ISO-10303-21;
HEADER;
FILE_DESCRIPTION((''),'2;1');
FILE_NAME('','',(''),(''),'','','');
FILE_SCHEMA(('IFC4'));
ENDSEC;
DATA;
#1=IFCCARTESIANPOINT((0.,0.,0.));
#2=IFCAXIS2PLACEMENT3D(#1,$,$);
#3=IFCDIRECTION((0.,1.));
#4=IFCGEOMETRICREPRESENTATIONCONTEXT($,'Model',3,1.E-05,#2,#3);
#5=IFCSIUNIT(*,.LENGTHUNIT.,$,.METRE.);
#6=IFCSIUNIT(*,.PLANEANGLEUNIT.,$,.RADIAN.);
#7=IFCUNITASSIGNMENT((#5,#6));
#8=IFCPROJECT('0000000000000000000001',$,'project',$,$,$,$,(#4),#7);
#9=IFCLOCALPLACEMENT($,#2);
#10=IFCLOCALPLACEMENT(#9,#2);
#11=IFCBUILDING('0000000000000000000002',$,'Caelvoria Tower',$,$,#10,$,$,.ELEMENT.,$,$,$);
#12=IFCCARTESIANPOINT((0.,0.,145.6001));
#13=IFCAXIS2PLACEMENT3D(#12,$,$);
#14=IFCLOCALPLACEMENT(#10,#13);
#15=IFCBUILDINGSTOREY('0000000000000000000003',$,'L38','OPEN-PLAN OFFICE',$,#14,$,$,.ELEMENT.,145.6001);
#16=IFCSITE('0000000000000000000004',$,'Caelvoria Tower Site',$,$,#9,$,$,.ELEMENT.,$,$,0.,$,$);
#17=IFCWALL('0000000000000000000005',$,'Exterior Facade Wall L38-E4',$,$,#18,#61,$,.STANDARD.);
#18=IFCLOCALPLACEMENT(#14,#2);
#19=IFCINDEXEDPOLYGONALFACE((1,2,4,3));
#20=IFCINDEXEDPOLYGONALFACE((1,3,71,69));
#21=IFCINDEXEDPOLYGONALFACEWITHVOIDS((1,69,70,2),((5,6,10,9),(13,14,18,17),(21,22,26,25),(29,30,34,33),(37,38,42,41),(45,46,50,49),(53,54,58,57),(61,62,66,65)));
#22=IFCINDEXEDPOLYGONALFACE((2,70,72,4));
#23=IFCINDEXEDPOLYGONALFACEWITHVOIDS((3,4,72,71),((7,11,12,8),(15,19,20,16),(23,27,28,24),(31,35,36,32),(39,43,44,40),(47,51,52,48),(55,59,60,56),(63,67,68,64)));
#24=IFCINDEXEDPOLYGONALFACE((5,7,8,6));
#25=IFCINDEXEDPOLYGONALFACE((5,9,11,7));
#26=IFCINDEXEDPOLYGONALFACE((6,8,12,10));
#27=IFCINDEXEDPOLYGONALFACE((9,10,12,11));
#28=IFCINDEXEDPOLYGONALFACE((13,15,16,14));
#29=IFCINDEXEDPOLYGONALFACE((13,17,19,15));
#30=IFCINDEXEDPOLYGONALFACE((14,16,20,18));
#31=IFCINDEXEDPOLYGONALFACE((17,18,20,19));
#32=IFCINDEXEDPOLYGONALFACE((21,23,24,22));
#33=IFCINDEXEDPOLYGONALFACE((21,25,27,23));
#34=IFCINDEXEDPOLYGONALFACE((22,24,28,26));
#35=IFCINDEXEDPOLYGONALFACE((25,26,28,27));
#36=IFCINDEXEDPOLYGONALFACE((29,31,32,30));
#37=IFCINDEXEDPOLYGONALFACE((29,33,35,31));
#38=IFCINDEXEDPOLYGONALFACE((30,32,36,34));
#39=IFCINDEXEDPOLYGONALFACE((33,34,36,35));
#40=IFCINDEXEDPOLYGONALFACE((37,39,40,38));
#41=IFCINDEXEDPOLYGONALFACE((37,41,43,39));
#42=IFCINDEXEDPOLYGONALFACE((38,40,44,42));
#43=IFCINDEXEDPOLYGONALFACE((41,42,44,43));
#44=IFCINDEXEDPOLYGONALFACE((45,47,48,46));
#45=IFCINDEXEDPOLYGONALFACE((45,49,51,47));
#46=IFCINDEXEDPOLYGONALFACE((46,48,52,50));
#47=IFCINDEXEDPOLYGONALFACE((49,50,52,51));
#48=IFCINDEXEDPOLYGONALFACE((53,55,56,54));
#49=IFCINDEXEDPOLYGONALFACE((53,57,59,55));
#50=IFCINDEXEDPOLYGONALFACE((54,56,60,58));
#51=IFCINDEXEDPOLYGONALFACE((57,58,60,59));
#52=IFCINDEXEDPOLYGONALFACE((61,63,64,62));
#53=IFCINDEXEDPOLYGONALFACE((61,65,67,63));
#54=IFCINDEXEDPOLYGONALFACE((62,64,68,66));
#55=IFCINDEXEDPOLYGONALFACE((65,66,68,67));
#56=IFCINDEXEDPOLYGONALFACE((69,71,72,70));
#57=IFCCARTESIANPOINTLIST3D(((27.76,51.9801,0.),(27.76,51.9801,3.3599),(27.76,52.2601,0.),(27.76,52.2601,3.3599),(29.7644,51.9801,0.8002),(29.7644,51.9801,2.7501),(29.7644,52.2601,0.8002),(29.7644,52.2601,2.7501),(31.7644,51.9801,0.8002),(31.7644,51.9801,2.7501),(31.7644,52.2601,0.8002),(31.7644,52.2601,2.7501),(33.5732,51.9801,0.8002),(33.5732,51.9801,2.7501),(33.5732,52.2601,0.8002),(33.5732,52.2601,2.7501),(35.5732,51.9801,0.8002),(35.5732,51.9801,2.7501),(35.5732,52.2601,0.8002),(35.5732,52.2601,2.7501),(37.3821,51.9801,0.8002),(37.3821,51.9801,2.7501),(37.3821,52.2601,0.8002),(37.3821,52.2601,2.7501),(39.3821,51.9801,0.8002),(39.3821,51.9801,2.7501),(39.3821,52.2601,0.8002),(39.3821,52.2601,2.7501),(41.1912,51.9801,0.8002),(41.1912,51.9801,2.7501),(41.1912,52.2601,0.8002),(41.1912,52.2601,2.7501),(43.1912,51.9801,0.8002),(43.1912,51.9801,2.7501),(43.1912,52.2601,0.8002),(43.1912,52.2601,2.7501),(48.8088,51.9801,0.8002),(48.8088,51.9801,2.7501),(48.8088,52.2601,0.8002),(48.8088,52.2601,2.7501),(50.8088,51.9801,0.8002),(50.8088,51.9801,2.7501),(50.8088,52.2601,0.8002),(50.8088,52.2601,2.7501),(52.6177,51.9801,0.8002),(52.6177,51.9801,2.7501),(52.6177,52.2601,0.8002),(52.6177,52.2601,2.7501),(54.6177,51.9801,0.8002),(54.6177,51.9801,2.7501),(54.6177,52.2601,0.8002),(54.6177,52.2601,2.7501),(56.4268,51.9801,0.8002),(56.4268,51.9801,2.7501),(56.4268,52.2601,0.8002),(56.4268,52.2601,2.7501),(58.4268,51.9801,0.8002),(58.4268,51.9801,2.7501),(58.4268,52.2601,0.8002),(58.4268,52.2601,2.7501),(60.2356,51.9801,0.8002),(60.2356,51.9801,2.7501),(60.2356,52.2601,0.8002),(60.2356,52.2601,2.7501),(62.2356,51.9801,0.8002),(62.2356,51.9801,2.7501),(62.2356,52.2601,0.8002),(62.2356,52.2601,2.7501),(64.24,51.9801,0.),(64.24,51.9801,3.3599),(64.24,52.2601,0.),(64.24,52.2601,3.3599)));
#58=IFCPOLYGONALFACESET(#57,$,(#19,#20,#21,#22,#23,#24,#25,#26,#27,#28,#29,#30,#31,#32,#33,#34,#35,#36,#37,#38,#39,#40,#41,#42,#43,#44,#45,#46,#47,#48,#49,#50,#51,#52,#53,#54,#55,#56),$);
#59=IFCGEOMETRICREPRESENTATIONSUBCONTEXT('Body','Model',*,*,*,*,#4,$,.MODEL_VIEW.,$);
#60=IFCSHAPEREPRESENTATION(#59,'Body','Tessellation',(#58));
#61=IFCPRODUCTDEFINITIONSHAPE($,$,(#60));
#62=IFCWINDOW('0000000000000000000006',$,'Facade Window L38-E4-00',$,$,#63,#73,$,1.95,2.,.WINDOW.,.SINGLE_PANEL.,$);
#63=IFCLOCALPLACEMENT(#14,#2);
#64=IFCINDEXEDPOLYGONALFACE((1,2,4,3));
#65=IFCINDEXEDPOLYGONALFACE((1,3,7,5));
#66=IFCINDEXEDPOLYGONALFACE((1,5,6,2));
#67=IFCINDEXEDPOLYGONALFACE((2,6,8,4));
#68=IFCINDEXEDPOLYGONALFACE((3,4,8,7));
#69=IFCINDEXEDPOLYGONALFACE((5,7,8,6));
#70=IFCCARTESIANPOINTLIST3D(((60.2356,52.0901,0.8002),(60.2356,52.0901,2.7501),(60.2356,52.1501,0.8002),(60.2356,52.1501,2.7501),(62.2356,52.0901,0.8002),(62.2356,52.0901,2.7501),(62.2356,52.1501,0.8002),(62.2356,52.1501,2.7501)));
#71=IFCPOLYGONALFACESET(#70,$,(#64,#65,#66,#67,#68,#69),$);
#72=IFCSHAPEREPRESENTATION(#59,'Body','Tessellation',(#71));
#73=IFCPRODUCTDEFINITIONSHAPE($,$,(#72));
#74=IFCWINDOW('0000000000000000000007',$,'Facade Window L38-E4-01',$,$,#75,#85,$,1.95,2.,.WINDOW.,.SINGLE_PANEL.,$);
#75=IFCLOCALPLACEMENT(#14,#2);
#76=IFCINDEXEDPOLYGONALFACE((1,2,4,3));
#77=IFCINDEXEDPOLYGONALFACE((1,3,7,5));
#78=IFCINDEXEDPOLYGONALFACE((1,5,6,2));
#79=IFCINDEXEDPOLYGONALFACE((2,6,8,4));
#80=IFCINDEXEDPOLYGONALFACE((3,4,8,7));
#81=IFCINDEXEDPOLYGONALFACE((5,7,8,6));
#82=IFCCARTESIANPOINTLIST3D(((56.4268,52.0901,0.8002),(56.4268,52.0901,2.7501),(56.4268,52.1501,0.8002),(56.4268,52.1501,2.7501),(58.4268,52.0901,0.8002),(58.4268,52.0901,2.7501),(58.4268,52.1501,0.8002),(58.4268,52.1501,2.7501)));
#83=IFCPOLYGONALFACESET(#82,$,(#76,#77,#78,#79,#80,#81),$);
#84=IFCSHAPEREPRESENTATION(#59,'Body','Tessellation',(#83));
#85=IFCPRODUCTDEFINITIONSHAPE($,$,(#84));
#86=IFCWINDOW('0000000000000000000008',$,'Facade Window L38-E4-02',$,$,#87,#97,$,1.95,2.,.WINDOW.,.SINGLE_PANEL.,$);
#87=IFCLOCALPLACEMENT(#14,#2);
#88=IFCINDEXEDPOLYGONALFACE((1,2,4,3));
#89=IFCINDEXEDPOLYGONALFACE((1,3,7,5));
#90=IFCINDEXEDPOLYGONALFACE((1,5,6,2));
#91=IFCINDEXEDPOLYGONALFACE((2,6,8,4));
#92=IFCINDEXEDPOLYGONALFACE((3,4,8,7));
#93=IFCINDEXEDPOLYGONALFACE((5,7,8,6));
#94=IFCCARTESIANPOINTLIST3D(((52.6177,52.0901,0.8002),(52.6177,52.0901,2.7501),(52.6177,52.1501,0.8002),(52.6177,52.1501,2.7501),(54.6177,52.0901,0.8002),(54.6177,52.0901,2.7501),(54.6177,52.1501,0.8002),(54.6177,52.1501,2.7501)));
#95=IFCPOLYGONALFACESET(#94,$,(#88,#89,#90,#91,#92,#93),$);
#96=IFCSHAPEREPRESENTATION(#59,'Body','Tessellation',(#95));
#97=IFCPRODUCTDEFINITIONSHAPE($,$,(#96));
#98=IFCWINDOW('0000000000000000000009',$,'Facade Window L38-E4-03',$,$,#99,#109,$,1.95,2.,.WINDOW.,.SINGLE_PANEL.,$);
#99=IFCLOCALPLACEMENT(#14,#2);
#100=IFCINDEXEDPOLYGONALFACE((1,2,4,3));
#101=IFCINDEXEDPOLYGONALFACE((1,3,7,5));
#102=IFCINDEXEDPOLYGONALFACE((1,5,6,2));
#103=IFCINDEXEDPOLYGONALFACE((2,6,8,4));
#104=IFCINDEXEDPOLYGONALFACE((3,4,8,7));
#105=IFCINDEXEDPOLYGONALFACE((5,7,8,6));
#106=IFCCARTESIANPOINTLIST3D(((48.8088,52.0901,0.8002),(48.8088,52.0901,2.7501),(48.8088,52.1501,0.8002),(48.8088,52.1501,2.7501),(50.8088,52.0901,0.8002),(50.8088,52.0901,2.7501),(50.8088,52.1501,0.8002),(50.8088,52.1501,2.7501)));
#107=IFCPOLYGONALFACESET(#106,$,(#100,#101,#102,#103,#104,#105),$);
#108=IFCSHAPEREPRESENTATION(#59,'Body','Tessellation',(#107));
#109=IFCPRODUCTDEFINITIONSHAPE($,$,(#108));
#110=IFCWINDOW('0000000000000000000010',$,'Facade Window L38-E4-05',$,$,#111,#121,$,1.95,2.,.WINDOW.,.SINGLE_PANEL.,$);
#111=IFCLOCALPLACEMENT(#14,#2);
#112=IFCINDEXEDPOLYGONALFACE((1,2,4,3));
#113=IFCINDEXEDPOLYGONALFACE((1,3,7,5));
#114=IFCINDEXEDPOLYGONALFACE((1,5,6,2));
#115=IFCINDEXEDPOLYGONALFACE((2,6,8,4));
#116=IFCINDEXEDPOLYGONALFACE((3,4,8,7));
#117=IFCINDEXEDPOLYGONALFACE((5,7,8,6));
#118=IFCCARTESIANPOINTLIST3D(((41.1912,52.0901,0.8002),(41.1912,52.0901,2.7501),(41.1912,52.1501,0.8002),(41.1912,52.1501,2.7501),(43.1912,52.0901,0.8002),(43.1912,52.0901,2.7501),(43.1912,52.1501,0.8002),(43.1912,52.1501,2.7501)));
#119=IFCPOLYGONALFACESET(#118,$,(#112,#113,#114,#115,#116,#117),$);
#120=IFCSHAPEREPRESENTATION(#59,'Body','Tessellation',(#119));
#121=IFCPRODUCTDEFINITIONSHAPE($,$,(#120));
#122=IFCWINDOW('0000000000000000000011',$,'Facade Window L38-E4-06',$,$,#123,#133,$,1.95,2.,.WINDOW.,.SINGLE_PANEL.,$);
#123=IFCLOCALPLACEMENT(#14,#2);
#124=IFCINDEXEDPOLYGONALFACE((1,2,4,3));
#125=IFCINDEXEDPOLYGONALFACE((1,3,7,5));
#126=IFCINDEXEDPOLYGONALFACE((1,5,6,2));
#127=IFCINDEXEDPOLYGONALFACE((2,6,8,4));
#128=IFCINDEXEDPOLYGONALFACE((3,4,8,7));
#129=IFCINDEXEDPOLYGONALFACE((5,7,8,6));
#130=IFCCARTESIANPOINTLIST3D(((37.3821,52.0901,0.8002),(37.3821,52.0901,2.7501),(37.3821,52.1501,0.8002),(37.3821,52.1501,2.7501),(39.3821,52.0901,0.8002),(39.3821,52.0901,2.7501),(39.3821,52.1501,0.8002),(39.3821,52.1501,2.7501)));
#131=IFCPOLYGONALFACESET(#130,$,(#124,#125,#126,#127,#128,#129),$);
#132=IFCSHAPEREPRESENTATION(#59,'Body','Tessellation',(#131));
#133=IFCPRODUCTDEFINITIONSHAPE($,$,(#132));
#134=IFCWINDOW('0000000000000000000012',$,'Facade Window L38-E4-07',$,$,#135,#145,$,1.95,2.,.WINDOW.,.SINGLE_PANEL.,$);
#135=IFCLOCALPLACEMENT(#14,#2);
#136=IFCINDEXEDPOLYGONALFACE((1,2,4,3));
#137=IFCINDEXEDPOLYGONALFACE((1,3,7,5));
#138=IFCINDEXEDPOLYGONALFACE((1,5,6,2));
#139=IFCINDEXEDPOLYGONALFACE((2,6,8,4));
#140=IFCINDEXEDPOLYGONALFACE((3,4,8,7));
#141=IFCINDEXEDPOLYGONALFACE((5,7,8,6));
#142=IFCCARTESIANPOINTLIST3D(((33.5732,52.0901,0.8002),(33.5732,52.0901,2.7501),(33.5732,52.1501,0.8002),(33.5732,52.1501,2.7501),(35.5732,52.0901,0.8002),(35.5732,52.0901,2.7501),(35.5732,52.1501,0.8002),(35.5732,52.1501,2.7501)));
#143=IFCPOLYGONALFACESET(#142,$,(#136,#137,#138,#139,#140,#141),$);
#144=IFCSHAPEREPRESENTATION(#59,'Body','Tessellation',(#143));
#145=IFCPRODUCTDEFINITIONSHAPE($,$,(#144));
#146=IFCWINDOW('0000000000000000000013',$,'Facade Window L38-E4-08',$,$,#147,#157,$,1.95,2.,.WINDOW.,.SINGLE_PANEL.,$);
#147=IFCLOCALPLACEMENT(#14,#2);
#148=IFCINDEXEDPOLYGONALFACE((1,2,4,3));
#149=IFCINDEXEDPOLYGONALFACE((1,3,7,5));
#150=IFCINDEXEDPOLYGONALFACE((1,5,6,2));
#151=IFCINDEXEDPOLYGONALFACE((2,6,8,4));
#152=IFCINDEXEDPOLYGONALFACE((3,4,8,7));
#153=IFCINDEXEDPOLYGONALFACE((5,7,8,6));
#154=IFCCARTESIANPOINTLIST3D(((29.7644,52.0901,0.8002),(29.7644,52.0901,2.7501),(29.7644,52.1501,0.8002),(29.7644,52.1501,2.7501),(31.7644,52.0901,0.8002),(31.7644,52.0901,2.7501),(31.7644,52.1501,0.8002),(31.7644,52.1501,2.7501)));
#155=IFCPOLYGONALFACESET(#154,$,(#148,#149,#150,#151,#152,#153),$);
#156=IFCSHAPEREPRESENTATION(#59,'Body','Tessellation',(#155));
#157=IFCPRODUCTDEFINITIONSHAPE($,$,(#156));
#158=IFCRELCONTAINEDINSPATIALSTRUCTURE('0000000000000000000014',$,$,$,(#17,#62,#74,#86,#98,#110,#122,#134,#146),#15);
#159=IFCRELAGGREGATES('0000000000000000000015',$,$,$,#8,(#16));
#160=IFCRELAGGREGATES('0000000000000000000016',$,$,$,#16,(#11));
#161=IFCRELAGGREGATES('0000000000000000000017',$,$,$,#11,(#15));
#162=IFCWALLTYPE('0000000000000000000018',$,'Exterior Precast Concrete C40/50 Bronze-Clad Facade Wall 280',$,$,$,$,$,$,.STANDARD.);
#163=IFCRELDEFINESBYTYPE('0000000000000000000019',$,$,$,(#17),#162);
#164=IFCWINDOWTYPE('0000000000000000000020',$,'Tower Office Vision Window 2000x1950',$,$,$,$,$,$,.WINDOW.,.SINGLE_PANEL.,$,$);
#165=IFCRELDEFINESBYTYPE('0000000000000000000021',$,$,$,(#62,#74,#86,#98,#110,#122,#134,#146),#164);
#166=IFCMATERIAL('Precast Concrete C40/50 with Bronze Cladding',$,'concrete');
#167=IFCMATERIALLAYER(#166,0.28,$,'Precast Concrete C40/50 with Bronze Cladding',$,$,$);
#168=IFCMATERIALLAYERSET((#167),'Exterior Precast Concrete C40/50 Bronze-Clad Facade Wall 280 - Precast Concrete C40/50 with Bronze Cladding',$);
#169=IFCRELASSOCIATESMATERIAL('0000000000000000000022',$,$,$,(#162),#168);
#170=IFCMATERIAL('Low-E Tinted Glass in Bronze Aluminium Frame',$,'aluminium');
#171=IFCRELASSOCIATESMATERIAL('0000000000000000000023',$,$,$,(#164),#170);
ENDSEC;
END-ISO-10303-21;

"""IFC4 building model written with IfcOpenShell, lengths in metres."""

from ifc_helpers import new_model, si_unit, direction, frame, frame_2d, origin, place, context, subcontext, project, spatial, rectangle, extrude, material, layer, layer_set, type_object, element, fill, save


model = new_model("IFC4")

# Units and contexts
model_context = context("Model", 3, precision=1e-05, world=origin(), true_north=direction((0.0, 1.0)))
body_context = subcontext(model_context, "Body", "Model", "MODEL_VIEW")
ifc_project = project(units=[si_unit("LENGTHUNIT", "METRE"), si_unit("PLANEANGLEUNIT", "RADIAN")], contexts=[model_context])

# Site, building, storey
site_placement = place(None, origin())
site = spatial("IfcSite", under=ifc_project, at=site_placement, Name="Caelvoria Tower Site", CompositionType="ELEMENT", RefElevation=0.0)
building_placement = place(site_placement, origin())
building = spatial("IfcBuilding", under=site, at=building_placement, Name="Caelvoria Tower", CompositionType="ELEMENT")
storey_placement = place(building_placement, frame((0.0, 0.0, 145.6001)))
storey = spatial("IfcBuildingStorey", under=building, at=storey_placement, Name="L38", Description="OPEN-PLAN OFFICE", CompositionType="ELEMENT", Elevation=145.6001)

# Wall, openings, windows
ifc_material_1 = material(Name="Precast Concrete C40/50 with Bronze Cladding", Category="concrete")
ifc_layer_1 = layer(ifc_material_1, 0.28, Name="Precast Concrete C40/50 with Bronze Cladding")
ifc_layer_set_1 = layer_set([ifc_layer_1], Name="Exterior Precast Concrete C40/50 Bronze-Clad Facade Wall 280 - Precast Concrete C40/50 with Bronze Cladding")
wall_type = type_object("IfcWallType", Name="Exterior Precast Concrete C40/50 Bronze-Clad Facade Wall 280", PredefinedType="STANDARD", material=ifc_layer_set_1)
wall_placement = place(storey_placement, frame((64.24, 52.1201, 0.0), z_axis=(0.0, 0.0, 1.0), x_axis=(-1.0, 0.0, 0.0)))
wall = element("IfcWall", 1, at=wall_placement, inside=storey, type_object=wall_type, Name="Exterior Facade Wall L38-E4", PredefinedType="STANDARD", context=body_context, shape_type="SweptSolid", body=[
    extrude(rectangle(XDim=36.48, YDim=0.28, at=frame_2d((18.24, 0.0))), origin(), (0.0, 0.0, 1.0), 3.3599),
])
opening_1_placement = place(wall_placement, frame((2.0044, 0.0, 0.8)))
opening_1 = element("IfcOpeningElement", 2, at=opening_1_placement, cuts=wall, PredefinedType="OPENING", context=body_context, shape_type="SweptSolid", body=[
    extrude(rectangle(XDim=2.0, YDim=1.95, at=frame_2d((1.0, 0.9751))), frame((0.0, 0.1499, 0.0), z_axis=(0.0, -1.0, 0.0), x_axis=(1.0, 0.0, 0.0)), (0.0, 0.0, 1.0), 0.3),
])
opening_2_placement = place(wall_placement, frame((5.8132, 0.0, 0.8)))
opening_2 = element("IfcOpeningElement", 3, at=opening_2_placement, cuts=wall, PredefinedType="OPENING", context=body_context, shape_type="SweptSolid", body=[
    extrude(rectangle(XDim=2.0, YDim=1.95, at=frame_2d((1.0, 0.9751))), frame((0.0, 0.1499, 0.0), z_axis=(0.0, -1.0, 0.0), x_axis=(1.0, 0.0, 0.0)), (0.0, 0.0, 1.0), 0.3),
])
opening_3_placement = place(wall_placement, frame((9.6223, 0.0, 0.8)))
opening_3 = element("IfcOpeningElement", 4, at=opening_3_placement, cuts=wall, PredefinedType="OPENING", context=body_context, shape_type="SweptSolid", body=[
    extrude(rectangle(XDim=2.0, YDim=1.95, at=frame_2d((1.0, 0.9751))), frame((0.0, 0.1499, 0.0), z_axis=(0.0, -1.0, 0.0), x_axis=(1.0, 0.0, 0.0)), (0.0, 0.0, 1.0), 0.3),
])
opening_4_placement = place(wall_placement, frame((13.4312, 0.0, 0.8)))
opening_4 = element("IfcOpeningElement", 5, at=opening_4_placement, cuts=wall, PredefinedType="OPENING", context=body_context, shape_type="SweptSolid", body=[
    extrude(rectangle(XDim=2.0, YDim=1.95, at=frame_2d((1.0, 0.9751))), frame((0.0, 0.1499, 0.0), z_axis=(0.0, -1.0, 0.0), x_axis=(1.0, 0.0, 0.0)), (0.0, 0.0, 1.0), 0.3),
])
opening_5_placement = place(wall_placement, frame((21.0488, 0.0, 0.8)))
opening_5 = element("IfcOpeningElement", 6, at=opening_5_placement, cuts=wall, PredefinedType="OPENING", context=body_context, shape_type="SweptSolid", body=[
    extrude(rectangle(XDim=2.0, YDim=1.95, at=frame_2d((1.0, 0.9751))), frame((0.0, 0.1499, 0.0), z_axis=(0.0, -1.0, 0.0), x_axis=(1.0, 0.0, 0.0)), (0.0, 0.0, 1.0), 0.3),
])
opening_6_placement = place(wall_placement, frame((24.8579, 0.0, 0.8)))
opening_6 = element("IfcOpeningElement", 7, at=opening_6_placement, cuts=wall, PredefinedType="OPENING", context=body_context, shape_type="SweptSolid", body=[
    extrude(rectangle(XDim=2.0, YDim=1.95, at=frame_2d((1.0, 0.9751))), frame((0.0, 0.1499, 0.0), z_axis=(0.0, -1.0, 0.0), x_axis=(1.0, 0.0, 0.0)), (0.0, 0.0, 1.0), 0.3),
])
opening_7_placement = place(wall_placement, frame((28.6667, 0.0, 0.8)))
opening_7 = element("IfcOpeningElement", 8, at=opening_7_placement, cuts=wall, PredefinedType="OPENING", context=body_context, shape_type="SweptSolid", body=[
    extrude(rectangle(XDim=2.0, YDim=1.95, at=frame_2d((1.0, 0.9751))), frame((0.0, 0.1499, 0.0), z_axis=(0.0, -1.0, 0.0), x_axis=(1.0, 0.0, 0.0)), (0.0, 0.0, 1.0), 0.3),
])
opening_8_placement = place(wall_placement, frame((32.4756, 0.0, 0.8)))
opening_8 = element("IfcOpeningElement", 9, at=opening_8_placement, cuts=wall, PredefinedType="OPENING", context=body_context, shape_type="SweptSolid", body=[
    extrude(rectangle(XDim=2.0, YDim=1.95, at=frame_2d((1.0, 0.9751))), frame((0.0, 0.1499, 0.0), z_axis=(0.0, -1.0, 0.0), x_axis=(1.0, 0.0, 0.0)), (0.0, 0.0, 1.0), 0.3),
])
ifc_material_2 = material(Name="Low-E Tinted Glass in Bronze Aluminium Frame", Category="aluminium")
window_type = type_object("IfcWindowType", Name="Tower Office Vision Window 2000x1950", PartitioningType="SINGLE_PANEL", PredefinedType="WINDOW", material=ifc_material_2)
window_1_placement = place(opening_1_placement, origin())
window_1 = element("IfcWindow", 10, at=window_1_placement, inside=storey, type_object=window_type, Name="Facade Window L38-E4-00", OverallHeight=1.95, OverallWidth=2.0, PartitioningType="SINGLE_PANEL", PredefinedType="WINDOW", context=body_context, shape_type="SweptSolid", body=[
    extrude(rectangle(XDim=2.0, YDim=1.95, at=frame_2d((1.0, 0.9751))), frame((0.0, 0.03, 0.0), z_axis=(0.0, -1.0, 0.0), x_axis=(1.0, 0.0, 0.0)), (0.0, 0.0, 1.0), 0.0601),
])
fill(opening_1, window_1)
window_2_placement = place(opening_2_placement, origin())
window_2 = element("IfcWindow", 11, at=window_2_placement, inside=storey, type_object=window_type, Name="Facade Window L38-E4-01", OverallHeight=1.95, OverallWidth=2.0, PartitioningType="SINGLE_PANEL", PredefinedType="WINDOW", context=body_context, shape_type="SweptSolid", body=[
    extrude(rectangle(XDim=2.0, YDim=1.95, at=frame_2d((1.0, 0.9751))), frame((0.0, 0.03, 0.0), z_axis=(0.0, -1.0, 0.0), x_axis=(1.0, 0.0, 0.0)), (0.0, 0.0, 1.0), 0.0601),
])
fill(opening_2, window_2)
window_3_placement = place(opening_3_placement, origin())
window_3 = element("IfcWindow", 12, at=window_3_placement, inside=storey, type_object=window_type, Name="Facade Window L38-E4-02", OverallHeight=1.95, OverallWidth=2.0, PartitioningType="SINGLE_PANEL", PredefinedType="WINDOW", context=body_context, shape_type="SweptSolid", body=[
    extrude(rectangle(XDim=2.0, YDim=1.95, at=frame_2d((1.0, 0.9751))), frame((0.0, 0.03, 0.0), z_axis=(0.0, -1.0, 0.0), x_axis=(1.0, 0.0, 0.0)), (0.0, 0.0, 1.0), 0.0601),
])
fill(opening_3, window_3)
window_4_placement = place(opening_4_placement, origin())
window_4 = element("IfcWindow", 13, at=window_4_placement, inside=storey, type_object=window_type, Name="Facade Window L38-E4-03", OverallHeight=1.95, OverallWidth=2.0, PartitioningType="SINGLE_PANEL", PredefinedType="WINDOW", context=body_context, shape_type="SweptSolid", body=[
    extrude(rectangle(XDim=2.0, YDim=1.95, at=frame_2d((1.0, 0.9751))), frame((0.0, 0.03, 0.0), z_axis=(0.0, -1.0, 0.0), x_axis=(1.0, 0.0, 0.0)), (0.0, 0.0, 1.0), 0.0601),
])
fill(opening_4, window_4)
window_5_placement = place(opening_5_placement, origin())
window_5 = element("IfcWindow", 14, at=window_5_placement, inside=storey, type_object=window_type, Name="Facade Window L38-E4-05", OverallHeight=1.95, OverallWidth=2.0, PartitioningType="SINGLE_PANEL", PredefinedType="WINDOW", context=body_context, shape_type="SweptSolid", body=[
    extrude(rectangle(XDim=2.0, YDim=1.95, at=frame_2d((1.0, 0.9751))), frame((0.0, 0.03, 0.0), z_axis=(0.0, -1.0, 0.0), x_axis=(1.0, 0.0, 0.0)), (0.0, 0.0, 1.0), 0.0601),
])
fill(opening_5, window_5)
window_6_placement = place(opening_6_placement, origin())
window_6 = element("IfcWindow", 15, at=window_6_placement, inside=storey, type_object=window_type, Name="Facade Window L38-E4-06", OverallHeight=1.95, OverallWidth=2.0, PartitioningType="SINGLE_PANEL", PredefinedType="WINDOW", context=body_context, shape_type="SweptSolid", body=[
    extrude(rectangle(XDim=2.0, YDim=1.95, at=frame_2d((1.0, 0.9751))), frame((0.0, 0.03, 0.0), z_axis=(0.0, -1.0, 0.0), x_axis=(1.0, 0.0, 0.0)), (0.0, 0.0, 1.0), 0.0601),
])
fill(opening_6, window_6)
window_7_placement = place(opening_7_placement, origin())
window_7 = element("IfcWindow", 16, at=window_7_placement, inside=storey, type_object=window_type, Name="Facade Window L38-E4-07", OverallHeight=1.95, OverallWidth=2.0, PartitioningType="SINGLE_PANEL", PredefinedType="WINDOW", context=body_context, shape_type="SweptSolid", body=[
    extrude(rectangle(XDim=2.0, YDim=1.95, at=frame_2d((1.0, 0.9751))), frame((0.0, 0.03, 0.0), z_axis=(0.0, -1.0, 0.0), x_axis=(1.0, 0.0, 0.0)), (0.0, 0.0, 1.0), 0.0601),
])
fill(opening_7, window_7)
window_8_placement = place(opening_8_placement, origin())
window_8 = element("IfcWindow", 17, at=window_8_placement, inside=storey, type_object=window_type, Name="Facade Window L38-E4-08", OverallHeight=1.95, OverallWidth=2.0, PartitioningType="SINGLE_PANEL", PredefinedType="WINDOW", context=body_context, shape_type="SweptSolid", body=[
    extrude(rectangle(XDim=2.0, YDim=1.95, at=frame_2d((1.0, 0.9751))), frame((0.0, 0.03, 0.0), z_axis=(0.0, -1.0, 0.0), x_axis=(1.0, 0.0, 0.0)), (0.0, 0.0, 1.0), 0.0601),
])
fill(opening_8, window_8)

save(model, "model.ifc")
